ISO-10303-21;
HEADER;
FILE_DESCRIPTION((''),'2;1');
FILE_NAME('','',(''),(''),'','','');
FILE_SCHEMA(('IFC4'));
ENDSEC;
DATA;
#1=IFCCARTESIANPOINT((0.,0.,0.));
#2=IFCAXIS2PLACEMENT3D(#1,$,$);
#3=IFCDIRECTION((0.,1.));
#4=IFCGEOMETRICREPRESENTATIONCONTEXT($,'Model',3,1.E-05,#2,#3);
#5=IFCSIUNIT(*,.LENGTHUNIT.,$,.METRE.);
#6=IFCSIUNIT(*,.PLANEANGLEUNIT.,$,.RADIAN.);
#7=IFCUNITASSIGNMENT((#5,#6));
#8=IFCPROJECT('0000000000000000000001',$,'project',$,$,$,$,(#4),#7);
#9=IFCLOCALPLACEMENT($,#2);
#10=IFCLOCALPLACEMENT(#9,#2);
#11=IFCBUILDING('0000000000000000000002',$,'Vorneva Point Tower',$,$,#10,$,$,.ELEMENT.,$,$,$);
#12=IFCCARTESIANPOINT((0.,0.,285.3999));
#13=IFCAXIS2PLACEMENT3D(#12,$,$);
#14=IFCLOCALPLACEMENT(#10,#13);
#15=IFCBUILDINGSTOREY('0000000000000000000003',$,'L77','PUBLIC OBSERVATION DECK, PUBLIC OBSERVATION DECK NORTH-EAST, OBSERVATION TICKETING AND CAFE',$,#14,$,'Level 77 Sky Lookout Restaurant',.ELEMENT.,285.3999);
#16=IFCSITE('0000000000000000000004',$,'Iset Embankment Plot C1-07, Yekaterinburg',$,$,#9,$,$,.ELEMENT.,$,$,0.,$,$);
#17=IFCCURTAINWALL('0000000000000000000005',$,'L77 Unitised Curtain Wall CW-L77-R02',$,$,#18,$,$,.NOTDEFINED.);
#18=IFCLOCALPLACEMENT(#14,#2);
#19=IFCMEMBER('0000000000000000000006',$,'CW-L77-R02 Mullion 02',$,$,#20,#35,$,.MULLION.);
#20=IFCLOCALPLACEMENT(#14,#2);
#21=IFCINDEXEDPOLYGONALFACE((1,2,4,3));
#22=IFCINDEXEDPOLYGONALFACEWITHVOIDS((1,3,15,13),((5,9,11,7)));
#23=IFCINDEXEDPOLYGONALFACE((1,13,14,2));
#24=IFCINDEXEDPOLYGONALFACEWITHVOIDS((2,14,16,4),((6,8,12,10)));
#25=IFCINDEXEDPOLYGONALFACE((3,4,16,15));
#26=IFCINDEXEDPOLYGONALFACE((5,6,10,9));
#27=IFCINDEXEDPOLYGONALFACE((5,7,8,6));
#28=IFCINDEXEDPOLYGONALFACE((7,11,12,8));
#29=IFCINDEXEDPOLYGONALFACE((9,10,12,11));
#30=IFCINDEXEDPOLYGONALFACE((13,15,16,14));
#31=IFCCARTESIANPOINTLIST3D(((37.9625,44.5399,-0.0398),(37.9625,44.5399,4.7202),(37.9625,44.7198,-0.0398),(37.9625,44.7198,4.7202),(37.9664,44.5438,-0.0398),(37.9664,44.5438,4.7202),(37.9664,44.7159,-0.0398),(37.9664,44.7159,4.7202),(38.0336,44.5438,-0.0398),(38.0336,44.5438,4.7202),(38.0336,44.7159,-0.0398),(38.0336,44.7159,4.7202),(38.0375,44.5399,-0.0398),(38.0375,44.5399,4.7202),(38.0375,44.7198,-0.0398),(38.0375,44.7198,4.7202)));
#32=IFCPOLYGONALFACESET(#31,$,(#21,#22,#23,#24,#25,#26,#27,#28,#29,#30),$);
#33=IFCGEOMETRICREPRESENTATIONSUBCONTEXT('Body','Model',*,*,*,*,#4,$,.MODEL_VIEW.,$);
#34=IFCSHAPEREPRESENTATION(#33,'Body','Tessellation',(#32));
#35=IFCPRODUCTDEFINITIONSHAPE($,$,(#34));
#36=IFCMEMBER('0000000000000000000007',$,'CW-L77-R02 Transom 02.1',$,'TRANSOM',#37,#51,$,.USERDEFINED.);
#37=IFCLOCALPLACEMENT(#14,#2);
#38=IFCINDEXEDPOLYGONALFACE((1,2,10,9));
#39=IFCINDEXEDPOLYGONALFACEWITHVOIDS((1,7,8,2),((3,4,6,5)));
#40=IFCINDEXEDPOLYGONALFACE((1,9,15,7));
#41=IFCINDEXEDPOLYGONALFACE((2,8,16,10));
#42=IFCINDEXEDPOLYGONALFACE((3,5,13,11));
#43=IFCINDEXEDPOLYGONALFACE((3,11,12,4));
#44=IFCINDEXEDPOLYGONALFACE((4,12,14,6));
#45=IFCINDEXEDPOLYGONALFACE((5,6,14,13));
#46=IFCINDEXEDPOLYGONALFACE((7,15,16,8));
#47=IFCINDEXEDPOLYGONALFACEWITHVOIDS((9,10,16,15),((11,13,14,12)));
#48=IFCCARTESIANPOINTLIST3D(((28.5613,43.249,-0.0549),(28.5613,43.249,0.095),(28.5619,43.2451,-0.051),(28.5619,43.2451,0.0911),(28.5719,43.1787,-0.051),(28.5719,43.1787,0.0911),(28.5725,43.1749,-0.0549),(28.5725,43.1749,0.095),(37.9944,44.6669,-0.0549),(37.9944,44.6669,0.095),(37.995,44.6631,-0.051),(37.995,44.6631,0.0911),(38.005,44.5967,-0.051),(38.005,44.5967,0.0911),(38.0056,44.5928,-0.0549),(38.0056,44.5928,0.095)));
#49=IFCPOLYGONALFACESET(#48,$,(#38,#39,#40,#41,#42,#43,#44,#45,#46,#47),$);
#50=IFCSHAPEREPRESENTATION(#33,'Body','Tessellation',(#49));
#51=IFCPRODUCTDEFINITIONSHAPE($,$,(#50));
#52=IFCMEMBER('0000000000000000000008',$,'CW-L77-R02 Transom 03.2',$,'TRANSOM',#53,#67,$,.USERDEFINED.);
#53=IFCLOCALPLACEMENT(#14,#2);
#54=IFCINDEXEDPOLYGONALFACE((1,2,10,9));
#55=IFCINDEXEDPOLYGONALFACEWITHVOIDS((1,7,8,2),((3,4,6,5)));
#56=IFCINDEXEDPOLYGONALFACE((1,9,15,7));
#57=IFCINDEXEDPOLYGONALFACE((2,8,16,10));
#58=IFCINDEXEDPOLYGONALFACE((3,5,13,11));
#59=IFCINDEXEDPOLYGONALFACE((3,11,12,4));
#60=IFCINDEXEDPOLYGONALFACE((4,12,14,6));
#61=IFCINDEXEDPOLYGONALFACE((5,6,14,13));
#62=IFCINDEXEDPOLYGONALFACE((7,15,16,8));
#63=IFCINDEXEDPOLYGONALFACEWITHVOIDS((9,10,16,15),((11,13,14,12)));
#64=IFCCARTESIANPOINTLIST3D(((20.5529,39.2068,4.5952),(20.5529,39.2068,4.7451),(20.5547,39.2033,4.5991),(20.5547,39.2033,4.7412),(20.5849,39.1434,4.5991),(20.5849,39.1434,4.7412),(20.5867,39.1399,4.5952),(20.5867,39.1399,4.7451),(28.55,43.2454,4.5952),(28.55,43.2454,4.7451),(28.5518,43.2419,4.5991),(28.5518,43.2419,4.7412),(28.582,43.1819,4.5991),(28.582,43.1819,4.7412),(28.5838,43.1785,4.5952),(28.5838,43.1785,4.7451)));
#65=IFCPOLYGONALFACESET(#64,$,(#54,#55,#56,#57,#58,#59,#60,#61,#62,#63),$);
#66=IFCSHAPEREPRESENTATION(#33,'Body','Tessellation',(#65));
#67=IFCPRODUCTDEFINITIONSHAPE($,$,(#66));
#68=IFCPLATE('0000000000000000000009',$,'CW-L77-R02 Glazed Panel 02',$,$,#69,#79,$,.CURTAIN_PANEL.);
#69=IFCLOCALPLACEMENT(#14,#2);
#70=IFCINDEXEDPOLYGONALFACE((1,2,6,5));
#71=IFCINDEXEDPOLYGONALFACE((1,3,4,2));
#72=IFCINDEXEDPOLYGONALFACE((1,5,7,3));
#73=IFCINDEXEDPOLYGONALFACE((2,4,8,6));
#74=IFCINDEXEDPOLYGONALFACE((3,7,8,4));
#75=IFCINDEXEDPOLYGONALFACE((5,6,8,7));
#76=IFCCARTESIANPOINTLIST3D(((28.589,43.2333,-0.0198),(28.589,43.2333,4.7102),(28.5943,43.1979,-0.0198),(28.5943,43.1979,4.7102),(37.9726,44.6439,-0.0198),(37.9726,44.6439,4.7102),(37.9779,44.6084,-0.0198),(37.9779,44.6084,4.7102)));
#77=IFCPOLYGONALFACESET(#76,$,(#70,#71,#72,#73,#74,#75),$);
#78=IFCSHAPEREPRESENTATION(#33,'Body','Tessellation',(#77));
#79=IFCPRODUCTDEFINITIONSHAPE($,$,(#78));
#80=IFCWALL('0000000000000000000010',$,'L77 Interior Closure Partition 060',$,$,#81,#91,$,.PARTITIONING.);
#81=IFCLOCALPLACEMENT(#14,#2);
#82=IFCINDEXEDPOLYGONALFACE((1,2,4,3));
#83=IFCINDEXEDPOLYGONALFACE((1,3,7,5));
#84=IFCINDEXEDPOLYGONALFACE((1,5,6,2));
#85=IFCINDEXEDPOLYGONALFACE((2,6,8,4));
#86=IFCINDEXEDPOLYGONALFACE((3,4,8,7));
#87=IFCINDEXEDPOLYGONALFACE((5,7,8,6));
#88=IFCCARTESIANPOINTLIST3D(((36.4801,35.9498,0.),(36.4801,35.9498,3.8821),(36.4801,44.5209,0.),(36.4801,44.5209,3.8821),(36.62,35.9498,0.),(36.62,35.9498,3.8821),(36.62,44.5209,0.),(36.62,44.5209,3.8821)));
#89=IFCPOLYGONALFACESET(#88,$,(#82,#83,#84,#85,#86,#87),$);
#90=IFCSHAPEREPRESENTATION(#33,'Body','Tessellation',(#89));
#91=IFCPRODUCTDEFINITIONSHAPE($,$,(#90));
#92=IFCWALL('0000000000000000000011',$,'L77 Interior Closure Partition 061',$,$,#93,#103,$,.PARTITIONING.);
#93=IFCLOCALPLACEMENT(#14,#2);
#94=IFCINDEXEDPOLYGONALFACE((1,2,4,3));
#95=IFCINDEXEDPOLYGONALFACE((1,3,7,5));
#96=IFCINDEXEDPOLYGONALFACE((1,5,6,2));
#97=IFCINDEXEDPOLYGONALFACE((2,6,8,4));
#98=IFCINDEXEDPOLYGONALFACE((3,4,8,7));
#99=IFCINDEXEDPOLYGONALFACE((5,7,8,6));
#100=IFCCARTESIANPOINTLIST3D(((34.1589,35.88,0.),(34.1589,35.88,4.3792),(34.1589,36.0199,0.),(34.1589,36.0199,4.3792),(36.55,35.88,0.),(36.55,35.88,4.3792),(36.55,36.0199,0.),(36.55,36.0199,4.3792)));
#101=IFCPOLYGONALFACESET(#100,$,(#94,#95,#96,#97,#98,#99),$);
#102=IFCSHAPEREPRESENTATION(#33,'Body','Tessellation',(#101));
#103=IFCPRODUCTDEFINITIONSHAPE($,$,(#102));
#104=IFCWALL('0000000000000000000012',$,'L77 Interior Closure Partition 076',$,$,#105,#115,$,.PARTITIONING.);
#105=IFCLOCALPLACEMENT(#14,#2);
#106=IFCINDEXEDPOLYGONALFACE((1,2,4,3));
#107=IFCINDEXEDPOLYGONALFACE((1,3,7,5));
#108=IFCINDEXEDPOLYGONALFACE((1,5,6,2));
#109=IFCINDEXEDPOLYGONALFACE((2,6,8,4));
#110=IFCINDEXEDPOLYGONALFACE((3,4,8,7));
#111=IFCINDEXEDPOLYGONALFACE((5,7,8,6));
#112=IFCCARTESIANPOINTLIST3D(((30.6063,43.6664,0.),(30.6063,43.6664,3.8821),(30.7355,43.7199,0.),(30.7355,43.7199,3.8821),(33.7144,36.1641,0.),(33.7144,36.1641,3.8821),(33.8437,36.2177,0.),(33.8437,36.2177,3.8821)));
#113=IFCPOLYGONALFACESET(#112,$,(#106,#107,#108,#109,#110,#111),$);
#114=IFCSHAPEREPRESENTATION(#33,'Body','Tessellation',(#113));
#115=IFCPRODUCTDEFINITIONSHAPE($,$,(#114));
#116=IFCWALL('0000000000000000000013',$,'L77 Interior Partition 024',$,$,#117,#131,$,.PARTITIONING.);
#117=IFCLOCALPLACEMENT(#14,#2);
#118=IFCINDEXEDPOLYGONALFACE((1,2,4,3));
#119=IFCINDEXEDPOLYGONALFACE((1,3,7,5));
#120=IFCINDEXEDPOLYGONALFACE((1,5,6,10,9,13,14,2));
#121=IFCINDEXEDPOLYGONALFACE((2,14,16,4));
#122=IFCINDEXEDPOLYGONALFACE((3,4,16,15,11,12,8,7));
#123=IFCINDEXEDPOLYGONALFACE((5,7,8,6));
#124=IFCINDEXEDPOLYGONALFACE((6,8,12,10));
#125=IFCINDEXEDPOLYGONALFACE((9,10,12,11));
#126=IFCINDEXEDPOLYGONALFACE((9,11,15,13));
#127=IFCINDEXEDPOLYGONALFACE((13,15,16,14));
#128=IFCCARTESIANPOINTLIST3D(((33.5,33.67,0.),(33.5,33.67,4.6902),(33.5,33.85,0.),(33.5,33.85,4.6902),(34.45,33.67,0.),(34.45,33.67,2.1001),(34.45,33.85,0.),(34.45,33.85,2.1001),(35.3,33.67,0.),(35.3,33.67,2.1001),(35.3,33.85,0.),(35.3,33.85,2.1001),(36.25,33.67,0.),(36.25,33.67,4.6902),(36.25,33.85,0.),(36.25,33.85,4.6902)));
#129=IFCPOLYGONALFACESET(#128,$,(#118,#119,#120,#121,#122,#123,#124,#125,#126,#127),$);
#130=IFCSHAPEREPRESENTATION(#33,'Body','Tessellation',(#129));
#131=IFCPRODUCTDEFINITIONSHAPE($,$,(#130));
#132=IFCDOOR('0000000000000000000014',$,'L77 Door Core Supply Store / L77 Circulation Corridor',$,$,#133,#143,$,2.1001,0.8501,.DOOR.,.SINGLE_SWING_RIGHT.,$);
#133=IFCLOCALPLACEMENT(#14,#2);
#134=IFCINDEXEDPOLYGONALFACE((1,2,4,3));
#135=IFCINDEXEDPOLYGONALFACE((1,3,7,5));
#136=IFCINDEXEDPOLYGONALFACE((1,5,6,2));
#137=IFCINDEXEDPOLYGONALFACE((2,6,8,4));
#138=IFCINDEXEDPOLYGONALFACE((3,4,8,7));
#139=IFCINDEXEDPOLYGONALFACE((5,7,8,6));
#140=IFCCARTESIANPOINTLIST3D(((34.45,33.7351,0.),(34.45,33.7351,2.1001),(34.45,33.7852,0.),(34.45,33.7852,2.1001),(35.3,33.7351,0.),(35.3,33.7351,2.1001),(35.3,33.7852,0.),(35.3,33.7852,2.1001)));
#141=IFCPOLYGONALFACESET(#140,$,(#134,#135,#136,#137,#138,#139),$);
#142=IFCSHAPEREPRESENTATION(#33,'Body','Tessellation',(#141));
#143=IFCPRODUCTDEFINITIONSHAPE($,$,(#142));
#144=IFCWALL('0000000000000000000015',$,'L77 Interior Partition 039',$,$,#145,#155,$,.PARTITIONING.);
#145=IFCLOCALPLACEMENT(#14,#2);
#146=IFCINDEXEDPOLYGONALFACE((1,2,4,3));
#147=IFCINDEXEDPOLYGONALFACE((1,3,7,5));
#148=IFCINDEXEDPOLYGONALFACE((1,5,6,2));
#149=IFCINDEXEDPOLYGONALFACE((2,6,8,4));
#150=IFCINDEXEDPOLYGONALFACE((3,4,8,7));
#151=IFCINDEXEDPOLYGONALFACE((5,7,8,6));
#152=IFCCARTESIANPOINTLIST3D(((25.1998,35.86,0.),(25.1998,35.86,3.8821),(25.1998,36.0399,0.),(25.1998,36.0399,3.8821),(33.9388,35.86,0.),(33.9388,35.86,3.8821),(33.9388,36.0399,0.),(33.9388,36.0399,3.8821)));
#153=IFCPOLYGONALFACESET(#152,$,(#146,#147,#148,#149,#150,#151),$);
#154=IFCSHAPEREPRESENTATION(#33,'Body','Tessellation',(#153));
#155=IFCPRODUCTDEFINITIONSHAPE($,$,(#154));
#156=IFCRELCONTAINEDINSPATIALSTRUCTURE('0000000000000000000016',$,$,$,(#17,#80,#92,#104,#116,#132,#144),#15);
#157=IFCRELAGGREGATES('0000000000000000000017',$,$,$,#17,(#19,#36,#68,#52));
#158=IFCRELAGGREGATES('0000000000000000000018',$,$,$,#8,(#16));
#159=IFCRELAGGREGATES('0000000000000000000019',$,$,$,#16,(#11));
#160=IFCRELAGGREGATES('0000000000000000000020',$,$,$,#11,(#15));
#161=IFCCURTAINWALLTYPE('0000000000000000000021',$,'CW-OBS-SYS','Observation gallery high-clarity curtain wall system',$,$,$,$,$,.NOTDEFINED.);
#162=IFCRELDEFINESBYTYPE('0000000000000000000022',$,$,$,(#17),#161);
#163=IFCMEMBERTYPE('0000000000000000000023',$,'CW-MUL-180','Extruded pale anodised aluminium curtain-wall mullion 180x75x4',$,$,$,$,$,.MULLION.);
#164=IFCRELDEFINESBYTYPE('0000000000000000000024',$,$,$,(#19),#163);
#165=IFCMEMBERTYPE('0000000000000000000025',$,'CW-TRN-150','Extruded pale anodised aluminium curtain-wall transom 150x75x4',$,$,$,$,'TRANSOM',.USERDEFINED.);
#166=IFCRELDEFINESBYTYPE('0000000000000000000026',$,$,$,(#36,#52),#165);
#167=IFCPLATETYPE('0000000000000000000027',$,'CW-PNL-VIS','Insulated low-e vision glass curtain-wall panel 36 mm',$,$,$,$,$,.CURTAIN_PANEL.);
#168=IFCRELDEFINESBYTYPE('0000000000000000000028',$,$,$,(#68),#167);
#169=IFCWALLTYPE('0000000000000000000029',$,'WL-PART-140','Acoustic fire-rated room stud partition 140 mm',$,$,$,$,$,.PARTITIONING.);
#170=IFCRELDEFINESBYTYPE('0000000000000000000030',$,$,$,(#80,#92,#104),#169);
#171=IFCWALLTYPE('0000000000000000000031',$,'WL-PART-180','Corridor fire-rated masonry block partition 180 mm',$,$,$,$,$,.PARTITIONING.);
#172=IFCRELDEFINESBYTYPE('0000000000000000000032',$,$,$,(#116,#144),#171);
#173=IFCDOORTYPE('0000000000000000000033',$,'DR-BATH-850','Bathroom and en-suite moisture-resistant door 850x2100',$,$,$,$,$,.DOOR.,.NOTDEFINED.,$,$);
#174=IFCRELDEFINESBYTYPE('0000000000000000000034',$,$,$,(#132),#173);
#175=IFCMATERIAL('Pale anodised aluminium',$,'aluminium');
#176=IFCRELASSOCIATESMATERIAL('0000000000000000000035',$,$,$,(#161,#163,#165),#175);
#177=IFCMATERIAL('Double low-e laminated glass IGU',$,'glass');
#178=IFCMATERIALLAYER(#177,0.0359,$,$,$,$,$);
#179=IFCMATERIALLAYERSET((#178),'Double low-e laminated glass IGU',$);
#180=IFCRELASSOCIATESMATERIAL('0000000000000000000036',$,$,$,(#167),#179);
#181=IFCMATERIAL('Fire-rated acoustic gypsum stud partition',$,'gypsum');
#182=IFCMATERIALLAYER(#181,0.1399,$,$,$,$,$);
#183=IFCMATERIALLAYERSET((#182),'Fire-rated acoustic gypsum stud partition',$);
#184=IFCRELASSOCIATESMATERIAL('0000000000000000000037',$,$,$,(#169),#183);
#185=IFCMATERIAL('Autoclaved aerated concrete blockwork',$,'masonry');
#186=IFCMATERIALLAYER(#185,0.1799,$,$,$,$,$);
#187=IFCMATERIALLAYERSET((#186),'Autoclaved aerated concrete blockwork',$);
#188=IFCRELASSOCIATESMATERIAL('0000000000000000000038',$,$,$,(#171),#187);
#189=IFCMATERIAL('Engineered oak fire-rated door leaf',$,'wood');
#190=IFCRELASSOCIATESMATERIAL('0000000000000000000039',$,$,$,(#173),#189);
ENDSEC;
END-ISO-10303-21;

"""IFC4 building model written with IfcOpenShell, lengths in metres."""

from ifc_helpers import new_model, si_unit, direction, frame, frame_2d, origin, origin_2d, place, context, subcontext, project, spatial, rectangle, hollow_rectangle, extrude, material, layer, layer_set, material_profile, profile_set, type_object, element, fill, aggregate, save


model = new_model("IFC4")

# Units and contexts
model_context = context("Model", 3, precision=1e-05, world=origin(), true_north=direction((0.0, 1.0)))
body_context = subcontext(model_context, "Body", "Model", "MODEL_VIEW")
ifc_project = project(units=[si_unit("LENGTHUNIT", "METRE"), si_unit("PLANEANGLEUNIT", "RADIAN")], contexts=[model_context])

# Site, building, storey
site_placement = place(None, origin())
site = spatial("IfcSite", under=ifc_project, at=site_placement, Name="Iset Embankment Plot C1-07, Yekaterinburg", CompositionType="ELEMENT", RefElevation=0.0)
building_placement = place(site_placement, origin())
building = spatial("IfcBuilding", under=site, at=building_placement, Name="Vorneva Point Tower", CompositionType="ELEMENT")
storey_placement = place(building_placement, frame((0.0, 0.0, 285.3999)))
storey = spatial("IfcBuildingStorey", under=building, at=storey_placement, Name="L77", Description="PUBLIC OBSERVATION DECK, PUBLIC OBSERVATION DECK NORTH-EAST, OBSERVATION TICKETING AND CAFE", LongName="Level 77 Sky Lookout Restaurant", CompositionType="ELEMENT", Elevation=285.3999)

# Curtain wall, members, plate
ifc_material_1 = material(Name="Pale anodised aluminium", Category="aluminium")
curtain_wall_type = type_object("IfcCurtainWallType", Name="CW-OBS-SYS", Description="Observation gallery high-clarity curtain wall system", PredefinedType="NOTDEFINED", material=ifc_material_1)
curtain_wall_placement = place(storey_placement, origin())
curtain_wall = element("IfcCurtainWall", 1, at=curtain_wall_placement, inside=storey, type_object=curtain_wall_type, Name="L77 Unitised Curtain Wall CW-L77-R02", PredefinedType="NOTDEFINED")
ifc_material_profile_1 = material_profile(ifc_material_1, hollow_rectangle(XDim=0.075, YDim=0.1799, WallThickness=0.0039, at=origin_2d()), Name="AL-MUL 180x75x4")
ifc_profile_set_1 = profile_set([ifc_material_profile_1], Name="Pale anodised aluminium")
member_type_1 = type_object("IfcMemberType", Name="CW-MUL-180", Description="Extruded pale anodised aluminium curtain-wall mullion 180x75x4", PredefinedType="MULLION", material=ifc_profile_set_1)
member_1_placement = place(storey_placement, frame((38.0, 44.6299, -0.0398), z_axis=(0.0, 0.0, 1.0), x_axis=(1.0, 0.0, 0.0)))
member_1 = element("IfcMember", 2, at=member_1_placement, type_object=member_type_1, Name="CW-L77-R02 Mullion 02", PredefinedType="MULLION", context=body_context, shape_type="SweptSolid", body=[
    extrude(hollow_rectangle(XDim=0.075, YDim=0.1799, WallThickness=0.0039, at=origin_2d()), origin(), (0.0, 0.0, 1.0), 4.76),
])
ifc_material_profile_2 = material_profile(ifc_material_1, hollow_rectangle(XDim=0.075, YDim=0.1499, WallThickness=0.0039, at=origin_2d()), Name="AL-TRN 150x75x4")
ifc_profile_set_2 = profile_set([ifc_material_profile_2], Name="Pale anodised aluminium")
member_type_2 = type_object("IfcMemberType", Name="CW-TRN-150", Description="Extruded pale anodised aluminium curtain-wall transom 150x75x4", ElementType="TRANSOM", PredefinedType="USERDEFINED", material=ifc_profile_set_2)
member_2_placement = place(storey_placement, frame((38.0, 44.6299, 0.02), z_axis=(-0.98889, -0.148648, 0.0), x_axis=(0.148648, -0.98889, 0.0)))
member_2 = element("IfcMember", 3, at=member_2_placement, type_object=member_type_2, Name="CW-L77-R02 Transom 02.1", ObjectType="TRANSOM", PredefinedType="USERDEFINED", context=body_context, shape_type="SweptSolid", body=[
    extrude(hollow_rectangle(XDim=0.075, YDim=0.1499, WallThickness=0.0039, at=origin_2d()), origin(), (0.0, 0.0, 1.0), 9.5391),
])
member_3_placement = place(storey_placement, frame((28.5669, 43.2119, 4.6702), z_axis=(-0.892632, -0.450785, 0.0), x_axis=(0.450785, -0.892632, 0.0)))
member_3 = element("IfcMember", 4, at=member_3_placement, type_object=member_type_2, Name="CW-L77-R02 Transom 03.2", ObjectType="TRANSOM", PredefinedType="USERDEFINED", context=body_context, shape_type="SweptSolid", body=[
    extrude(hollow_rectangle(XDim=0.075, YDim=0.1499, WallThickness=0.0039, at=origin_2d()), origin(), (0.0, 0.0, 1.0), 8.959),
])
ifc_material_2 = material(Name="Double low-e laminated glass IGU", Category="glass")
ifc_layer_1 = layer(ifc_material_2, 0.0359)
ifc_layer_set_1 = layer_set([ifc_layer_1], Name="Double low-e laminated glass IGU")
plate_type = type_object("IfcPlateType", Name="CW-PNL-VIS", Description="Insulated low-e vision glass curtain-wall panel 36 mm", PredefinedType="CURTAIN_PANEL", material=ifc_layer_set_1)
plate_placement = place(storey_placement, frame((33.2834, 43.9209, -0.0198), z_axis=(0.0, 0.0, 1.0), x_axis=(-0.988889, -0.148655, 0.0)))
plate = element("IfcPlate", 5, at=plate_placement, type_object=plate_type, Name="CW-L77-R02 Glazed Panel 02", PredefinedType="CURTAIN_PANEL", context=body_context, shape_type="SweptSolid", body=[
    extrude(rectangle(XDim=9.489, YDim=0.0359, at=origin_2d()), origin(), (0.0, 0.0, 1.0), 4.73),
])
aggregate(curtain_wall, [member_1, member_2, plate, member_3])

# Walls
ifc_material_3 = material(Name="Fire-rated acoustic gypsum stud partition", Category="gypsum")
ifc_layer_2 = layer(ifc_material_3, 0.1399)
ifc_layer_set_2 = layer_set([ifc_layer_2], Name="Fire-rated acoustic gypsum stud partition")
wall_type_1 = type_object("IfcWallType", Name="WL-PART-140", Description="Acoustic fire-rated room stud partition 140 mm", PredefinedType="PARTITIONING", material=ifc_layer_set_2)
wall_1_placement = place(storey_placement, frame((36.55, 44.521, 0.0), z_axis=(0.0, 0.0, 1.0), x_axis=(0.0, -1.0, 0.0)))
element("IfcWall", 6, at=wall_1_placement, inside=storey, type_object=wall_type_1, Name="L77 Interior Closure Partition 060", PredefinedType="PARTITIONING", context=body_context, shape_type="SweptSolid", body=[
    extrude(rectangle(XDim=8.571, YDim=0.1399, at=frame_2d((4.2856, 0.0))), origin(), (0.0, 0.0, 1.0), 3.8821),
])
wall_2_placement = place(storey_placement, frame((36.55, 35.95, 0.0), z_axis=(0.0, 0.0, 1.0), x_axis=(-1.0, 0.0, 0.0)))
element("IfcWall", 7, at=wall_2_placement, inside=storey, type_object=wall_type_1, Name="L77 Interior Closure Partition 061", PredefinedType="PARTITIONING", context=body_context, shape_type="SweptSolid", body=[
    extrude(rectangle(XDim=2.3911, YDim=0.1399, at=frame_2d((1.1956, 0.0))), origin(), (0.0, 0.0, 1.0), 4.3792),
])
wall_3_placement = place(storey_placement, frame((33.7791, 36.1909, 0.0), z_axis=(0.0, 0.0, 1.0), x_axis=(-0.382751, 0.923852, 0.0)))
element("IfcWall", 8, at=wall_3_placement, inside=storey, type_object=wall_type_1, Name="L77 Interior Closure Partition 076", PredefinedType="PARTITIONING", context=body_context, shape_type="SweptSolid", body=[
    extrude(rectangle(XDim=8.1206, YDim=0.1399, at=frame_2d((4.0603, 0.0))), origin(), (0.0, 0.0, 1.0), 3.8821),
])

# Wall, opening, door
ifc_material_4 = material(Name="Autoclaved aerated concrete blockwork", Category="masonry")
ifc_layer_3 = layer(ifc_material_4, 0.1799)
ifc_layer_set_3 = layer_set([ifc_layer_3], Name="Autoclaved aerated concrete blockwork")
wall_type_2 = type_object("IfcWallType", Name="WL-PART-180", Description="Corridor fire-rated masonry block partition 180 mm", PredefinedType="PARTITIONING", material=ifc_layer_set_3)
wall_4_placement = place(storey_placement, frame((36.25, 33.76, 0.0), z_axis=(0.0, 0.0, 1.0), x_axis=(-1.0, 0.0, 0.0)))
wall_4 = element("IfcWall", 9, at=wall_4_placement, inside=storey, type_object=wall_type_2, Name="L77 Interior Partition 024", PredefinedType="PARTITIONING", context=body_context, shape_type="SweptSolid", body=[
    extrude(rectangle(XDim=2.75, YDim=0.1799, at=frame_2d((1.375, 0.0))), origin(), (0.0, 0.0, 1.0), 4.6902),
])
opening_1_placement = place(wall_4_placement, frame((0.95, 0.0, 0.0)))
opening_1 = element("IfcOpeningElement", 10, at=opening_1_placement, cuts=wall_4, PredefinedType="OPENING", context=body_context, shape_type="SweptSolid", body=[
    extrude(rectangle(XDim=0.8501, YDim=2.1001, at=frame_2d((0.425, 1.05))), frame((0.0, 0.105, 0.0), z_axis=(0.0, -1.0, 0.0), x_axis=(1.0, 0.0, 0.0)), (0.0, 0.0, 1.0), 0.2097),
])
ifc_material_5 = material(Name="Engineered oak fire-rated door leaf", Category="wood")
door_type_1 = type_object("IfcDoorType", Name="DR-BATH-850", Description="Bathroom and en-suite moisture-resistant door 850x2100", OperationType="NOTDEFINED", PredefinedType="DOOR", material=ifc_material_5)
door_1_placement = place(opening_1_placement, origin())
door_1 = element("IfcDoor", 11, at=door_1_placement, inside=storey, type_object=door_type_1, Name="L77 Door Core Supply Store / L77 Circulation Corridor", OperationType="SINGLE_SWING_RIGHT", OverallHeight=2.1001, OverallWidth=0.8501, PredefinedType="DOOR", context=body_context, shape_type="SweptSolid", body=[
    extrude(rectangle(XDim=0.8501, YDim=2.1001, at=frame_2d((0.425, 1.05))), frame((0.0, 0.0249, 0.0), z_axis=(0.0, -1.0, 0.0), x_axis=(1.0, 0.0, 0.0)), (0.0, 0.0, 1.0), 0.05),
])
fill(opening_1, door_1)

# Wall
wall_5_placement = place(storey_placement, frame((33.939, 35.95, 0.0), z_axis=(0.0, 0.0, 1.0), x_axis=(-1.0, 0.0, 0.0)))
element("IfcWall", 12, at=wall_5_placement, inside=storey, type_object=wall_type_2, Name="L77 Interior Partition 039", PredefinedType="PARTITIONING", context=body_context, shape_type="SweptSolid", body=[
    extrude(rectangle(XDim=8.739, YDim=0.1799, at=frame_2d((4.3696, 0.0))), origin(), (0.0, 0.0, 1.0), 3.8821),
])

save(model, "model.ifc")
